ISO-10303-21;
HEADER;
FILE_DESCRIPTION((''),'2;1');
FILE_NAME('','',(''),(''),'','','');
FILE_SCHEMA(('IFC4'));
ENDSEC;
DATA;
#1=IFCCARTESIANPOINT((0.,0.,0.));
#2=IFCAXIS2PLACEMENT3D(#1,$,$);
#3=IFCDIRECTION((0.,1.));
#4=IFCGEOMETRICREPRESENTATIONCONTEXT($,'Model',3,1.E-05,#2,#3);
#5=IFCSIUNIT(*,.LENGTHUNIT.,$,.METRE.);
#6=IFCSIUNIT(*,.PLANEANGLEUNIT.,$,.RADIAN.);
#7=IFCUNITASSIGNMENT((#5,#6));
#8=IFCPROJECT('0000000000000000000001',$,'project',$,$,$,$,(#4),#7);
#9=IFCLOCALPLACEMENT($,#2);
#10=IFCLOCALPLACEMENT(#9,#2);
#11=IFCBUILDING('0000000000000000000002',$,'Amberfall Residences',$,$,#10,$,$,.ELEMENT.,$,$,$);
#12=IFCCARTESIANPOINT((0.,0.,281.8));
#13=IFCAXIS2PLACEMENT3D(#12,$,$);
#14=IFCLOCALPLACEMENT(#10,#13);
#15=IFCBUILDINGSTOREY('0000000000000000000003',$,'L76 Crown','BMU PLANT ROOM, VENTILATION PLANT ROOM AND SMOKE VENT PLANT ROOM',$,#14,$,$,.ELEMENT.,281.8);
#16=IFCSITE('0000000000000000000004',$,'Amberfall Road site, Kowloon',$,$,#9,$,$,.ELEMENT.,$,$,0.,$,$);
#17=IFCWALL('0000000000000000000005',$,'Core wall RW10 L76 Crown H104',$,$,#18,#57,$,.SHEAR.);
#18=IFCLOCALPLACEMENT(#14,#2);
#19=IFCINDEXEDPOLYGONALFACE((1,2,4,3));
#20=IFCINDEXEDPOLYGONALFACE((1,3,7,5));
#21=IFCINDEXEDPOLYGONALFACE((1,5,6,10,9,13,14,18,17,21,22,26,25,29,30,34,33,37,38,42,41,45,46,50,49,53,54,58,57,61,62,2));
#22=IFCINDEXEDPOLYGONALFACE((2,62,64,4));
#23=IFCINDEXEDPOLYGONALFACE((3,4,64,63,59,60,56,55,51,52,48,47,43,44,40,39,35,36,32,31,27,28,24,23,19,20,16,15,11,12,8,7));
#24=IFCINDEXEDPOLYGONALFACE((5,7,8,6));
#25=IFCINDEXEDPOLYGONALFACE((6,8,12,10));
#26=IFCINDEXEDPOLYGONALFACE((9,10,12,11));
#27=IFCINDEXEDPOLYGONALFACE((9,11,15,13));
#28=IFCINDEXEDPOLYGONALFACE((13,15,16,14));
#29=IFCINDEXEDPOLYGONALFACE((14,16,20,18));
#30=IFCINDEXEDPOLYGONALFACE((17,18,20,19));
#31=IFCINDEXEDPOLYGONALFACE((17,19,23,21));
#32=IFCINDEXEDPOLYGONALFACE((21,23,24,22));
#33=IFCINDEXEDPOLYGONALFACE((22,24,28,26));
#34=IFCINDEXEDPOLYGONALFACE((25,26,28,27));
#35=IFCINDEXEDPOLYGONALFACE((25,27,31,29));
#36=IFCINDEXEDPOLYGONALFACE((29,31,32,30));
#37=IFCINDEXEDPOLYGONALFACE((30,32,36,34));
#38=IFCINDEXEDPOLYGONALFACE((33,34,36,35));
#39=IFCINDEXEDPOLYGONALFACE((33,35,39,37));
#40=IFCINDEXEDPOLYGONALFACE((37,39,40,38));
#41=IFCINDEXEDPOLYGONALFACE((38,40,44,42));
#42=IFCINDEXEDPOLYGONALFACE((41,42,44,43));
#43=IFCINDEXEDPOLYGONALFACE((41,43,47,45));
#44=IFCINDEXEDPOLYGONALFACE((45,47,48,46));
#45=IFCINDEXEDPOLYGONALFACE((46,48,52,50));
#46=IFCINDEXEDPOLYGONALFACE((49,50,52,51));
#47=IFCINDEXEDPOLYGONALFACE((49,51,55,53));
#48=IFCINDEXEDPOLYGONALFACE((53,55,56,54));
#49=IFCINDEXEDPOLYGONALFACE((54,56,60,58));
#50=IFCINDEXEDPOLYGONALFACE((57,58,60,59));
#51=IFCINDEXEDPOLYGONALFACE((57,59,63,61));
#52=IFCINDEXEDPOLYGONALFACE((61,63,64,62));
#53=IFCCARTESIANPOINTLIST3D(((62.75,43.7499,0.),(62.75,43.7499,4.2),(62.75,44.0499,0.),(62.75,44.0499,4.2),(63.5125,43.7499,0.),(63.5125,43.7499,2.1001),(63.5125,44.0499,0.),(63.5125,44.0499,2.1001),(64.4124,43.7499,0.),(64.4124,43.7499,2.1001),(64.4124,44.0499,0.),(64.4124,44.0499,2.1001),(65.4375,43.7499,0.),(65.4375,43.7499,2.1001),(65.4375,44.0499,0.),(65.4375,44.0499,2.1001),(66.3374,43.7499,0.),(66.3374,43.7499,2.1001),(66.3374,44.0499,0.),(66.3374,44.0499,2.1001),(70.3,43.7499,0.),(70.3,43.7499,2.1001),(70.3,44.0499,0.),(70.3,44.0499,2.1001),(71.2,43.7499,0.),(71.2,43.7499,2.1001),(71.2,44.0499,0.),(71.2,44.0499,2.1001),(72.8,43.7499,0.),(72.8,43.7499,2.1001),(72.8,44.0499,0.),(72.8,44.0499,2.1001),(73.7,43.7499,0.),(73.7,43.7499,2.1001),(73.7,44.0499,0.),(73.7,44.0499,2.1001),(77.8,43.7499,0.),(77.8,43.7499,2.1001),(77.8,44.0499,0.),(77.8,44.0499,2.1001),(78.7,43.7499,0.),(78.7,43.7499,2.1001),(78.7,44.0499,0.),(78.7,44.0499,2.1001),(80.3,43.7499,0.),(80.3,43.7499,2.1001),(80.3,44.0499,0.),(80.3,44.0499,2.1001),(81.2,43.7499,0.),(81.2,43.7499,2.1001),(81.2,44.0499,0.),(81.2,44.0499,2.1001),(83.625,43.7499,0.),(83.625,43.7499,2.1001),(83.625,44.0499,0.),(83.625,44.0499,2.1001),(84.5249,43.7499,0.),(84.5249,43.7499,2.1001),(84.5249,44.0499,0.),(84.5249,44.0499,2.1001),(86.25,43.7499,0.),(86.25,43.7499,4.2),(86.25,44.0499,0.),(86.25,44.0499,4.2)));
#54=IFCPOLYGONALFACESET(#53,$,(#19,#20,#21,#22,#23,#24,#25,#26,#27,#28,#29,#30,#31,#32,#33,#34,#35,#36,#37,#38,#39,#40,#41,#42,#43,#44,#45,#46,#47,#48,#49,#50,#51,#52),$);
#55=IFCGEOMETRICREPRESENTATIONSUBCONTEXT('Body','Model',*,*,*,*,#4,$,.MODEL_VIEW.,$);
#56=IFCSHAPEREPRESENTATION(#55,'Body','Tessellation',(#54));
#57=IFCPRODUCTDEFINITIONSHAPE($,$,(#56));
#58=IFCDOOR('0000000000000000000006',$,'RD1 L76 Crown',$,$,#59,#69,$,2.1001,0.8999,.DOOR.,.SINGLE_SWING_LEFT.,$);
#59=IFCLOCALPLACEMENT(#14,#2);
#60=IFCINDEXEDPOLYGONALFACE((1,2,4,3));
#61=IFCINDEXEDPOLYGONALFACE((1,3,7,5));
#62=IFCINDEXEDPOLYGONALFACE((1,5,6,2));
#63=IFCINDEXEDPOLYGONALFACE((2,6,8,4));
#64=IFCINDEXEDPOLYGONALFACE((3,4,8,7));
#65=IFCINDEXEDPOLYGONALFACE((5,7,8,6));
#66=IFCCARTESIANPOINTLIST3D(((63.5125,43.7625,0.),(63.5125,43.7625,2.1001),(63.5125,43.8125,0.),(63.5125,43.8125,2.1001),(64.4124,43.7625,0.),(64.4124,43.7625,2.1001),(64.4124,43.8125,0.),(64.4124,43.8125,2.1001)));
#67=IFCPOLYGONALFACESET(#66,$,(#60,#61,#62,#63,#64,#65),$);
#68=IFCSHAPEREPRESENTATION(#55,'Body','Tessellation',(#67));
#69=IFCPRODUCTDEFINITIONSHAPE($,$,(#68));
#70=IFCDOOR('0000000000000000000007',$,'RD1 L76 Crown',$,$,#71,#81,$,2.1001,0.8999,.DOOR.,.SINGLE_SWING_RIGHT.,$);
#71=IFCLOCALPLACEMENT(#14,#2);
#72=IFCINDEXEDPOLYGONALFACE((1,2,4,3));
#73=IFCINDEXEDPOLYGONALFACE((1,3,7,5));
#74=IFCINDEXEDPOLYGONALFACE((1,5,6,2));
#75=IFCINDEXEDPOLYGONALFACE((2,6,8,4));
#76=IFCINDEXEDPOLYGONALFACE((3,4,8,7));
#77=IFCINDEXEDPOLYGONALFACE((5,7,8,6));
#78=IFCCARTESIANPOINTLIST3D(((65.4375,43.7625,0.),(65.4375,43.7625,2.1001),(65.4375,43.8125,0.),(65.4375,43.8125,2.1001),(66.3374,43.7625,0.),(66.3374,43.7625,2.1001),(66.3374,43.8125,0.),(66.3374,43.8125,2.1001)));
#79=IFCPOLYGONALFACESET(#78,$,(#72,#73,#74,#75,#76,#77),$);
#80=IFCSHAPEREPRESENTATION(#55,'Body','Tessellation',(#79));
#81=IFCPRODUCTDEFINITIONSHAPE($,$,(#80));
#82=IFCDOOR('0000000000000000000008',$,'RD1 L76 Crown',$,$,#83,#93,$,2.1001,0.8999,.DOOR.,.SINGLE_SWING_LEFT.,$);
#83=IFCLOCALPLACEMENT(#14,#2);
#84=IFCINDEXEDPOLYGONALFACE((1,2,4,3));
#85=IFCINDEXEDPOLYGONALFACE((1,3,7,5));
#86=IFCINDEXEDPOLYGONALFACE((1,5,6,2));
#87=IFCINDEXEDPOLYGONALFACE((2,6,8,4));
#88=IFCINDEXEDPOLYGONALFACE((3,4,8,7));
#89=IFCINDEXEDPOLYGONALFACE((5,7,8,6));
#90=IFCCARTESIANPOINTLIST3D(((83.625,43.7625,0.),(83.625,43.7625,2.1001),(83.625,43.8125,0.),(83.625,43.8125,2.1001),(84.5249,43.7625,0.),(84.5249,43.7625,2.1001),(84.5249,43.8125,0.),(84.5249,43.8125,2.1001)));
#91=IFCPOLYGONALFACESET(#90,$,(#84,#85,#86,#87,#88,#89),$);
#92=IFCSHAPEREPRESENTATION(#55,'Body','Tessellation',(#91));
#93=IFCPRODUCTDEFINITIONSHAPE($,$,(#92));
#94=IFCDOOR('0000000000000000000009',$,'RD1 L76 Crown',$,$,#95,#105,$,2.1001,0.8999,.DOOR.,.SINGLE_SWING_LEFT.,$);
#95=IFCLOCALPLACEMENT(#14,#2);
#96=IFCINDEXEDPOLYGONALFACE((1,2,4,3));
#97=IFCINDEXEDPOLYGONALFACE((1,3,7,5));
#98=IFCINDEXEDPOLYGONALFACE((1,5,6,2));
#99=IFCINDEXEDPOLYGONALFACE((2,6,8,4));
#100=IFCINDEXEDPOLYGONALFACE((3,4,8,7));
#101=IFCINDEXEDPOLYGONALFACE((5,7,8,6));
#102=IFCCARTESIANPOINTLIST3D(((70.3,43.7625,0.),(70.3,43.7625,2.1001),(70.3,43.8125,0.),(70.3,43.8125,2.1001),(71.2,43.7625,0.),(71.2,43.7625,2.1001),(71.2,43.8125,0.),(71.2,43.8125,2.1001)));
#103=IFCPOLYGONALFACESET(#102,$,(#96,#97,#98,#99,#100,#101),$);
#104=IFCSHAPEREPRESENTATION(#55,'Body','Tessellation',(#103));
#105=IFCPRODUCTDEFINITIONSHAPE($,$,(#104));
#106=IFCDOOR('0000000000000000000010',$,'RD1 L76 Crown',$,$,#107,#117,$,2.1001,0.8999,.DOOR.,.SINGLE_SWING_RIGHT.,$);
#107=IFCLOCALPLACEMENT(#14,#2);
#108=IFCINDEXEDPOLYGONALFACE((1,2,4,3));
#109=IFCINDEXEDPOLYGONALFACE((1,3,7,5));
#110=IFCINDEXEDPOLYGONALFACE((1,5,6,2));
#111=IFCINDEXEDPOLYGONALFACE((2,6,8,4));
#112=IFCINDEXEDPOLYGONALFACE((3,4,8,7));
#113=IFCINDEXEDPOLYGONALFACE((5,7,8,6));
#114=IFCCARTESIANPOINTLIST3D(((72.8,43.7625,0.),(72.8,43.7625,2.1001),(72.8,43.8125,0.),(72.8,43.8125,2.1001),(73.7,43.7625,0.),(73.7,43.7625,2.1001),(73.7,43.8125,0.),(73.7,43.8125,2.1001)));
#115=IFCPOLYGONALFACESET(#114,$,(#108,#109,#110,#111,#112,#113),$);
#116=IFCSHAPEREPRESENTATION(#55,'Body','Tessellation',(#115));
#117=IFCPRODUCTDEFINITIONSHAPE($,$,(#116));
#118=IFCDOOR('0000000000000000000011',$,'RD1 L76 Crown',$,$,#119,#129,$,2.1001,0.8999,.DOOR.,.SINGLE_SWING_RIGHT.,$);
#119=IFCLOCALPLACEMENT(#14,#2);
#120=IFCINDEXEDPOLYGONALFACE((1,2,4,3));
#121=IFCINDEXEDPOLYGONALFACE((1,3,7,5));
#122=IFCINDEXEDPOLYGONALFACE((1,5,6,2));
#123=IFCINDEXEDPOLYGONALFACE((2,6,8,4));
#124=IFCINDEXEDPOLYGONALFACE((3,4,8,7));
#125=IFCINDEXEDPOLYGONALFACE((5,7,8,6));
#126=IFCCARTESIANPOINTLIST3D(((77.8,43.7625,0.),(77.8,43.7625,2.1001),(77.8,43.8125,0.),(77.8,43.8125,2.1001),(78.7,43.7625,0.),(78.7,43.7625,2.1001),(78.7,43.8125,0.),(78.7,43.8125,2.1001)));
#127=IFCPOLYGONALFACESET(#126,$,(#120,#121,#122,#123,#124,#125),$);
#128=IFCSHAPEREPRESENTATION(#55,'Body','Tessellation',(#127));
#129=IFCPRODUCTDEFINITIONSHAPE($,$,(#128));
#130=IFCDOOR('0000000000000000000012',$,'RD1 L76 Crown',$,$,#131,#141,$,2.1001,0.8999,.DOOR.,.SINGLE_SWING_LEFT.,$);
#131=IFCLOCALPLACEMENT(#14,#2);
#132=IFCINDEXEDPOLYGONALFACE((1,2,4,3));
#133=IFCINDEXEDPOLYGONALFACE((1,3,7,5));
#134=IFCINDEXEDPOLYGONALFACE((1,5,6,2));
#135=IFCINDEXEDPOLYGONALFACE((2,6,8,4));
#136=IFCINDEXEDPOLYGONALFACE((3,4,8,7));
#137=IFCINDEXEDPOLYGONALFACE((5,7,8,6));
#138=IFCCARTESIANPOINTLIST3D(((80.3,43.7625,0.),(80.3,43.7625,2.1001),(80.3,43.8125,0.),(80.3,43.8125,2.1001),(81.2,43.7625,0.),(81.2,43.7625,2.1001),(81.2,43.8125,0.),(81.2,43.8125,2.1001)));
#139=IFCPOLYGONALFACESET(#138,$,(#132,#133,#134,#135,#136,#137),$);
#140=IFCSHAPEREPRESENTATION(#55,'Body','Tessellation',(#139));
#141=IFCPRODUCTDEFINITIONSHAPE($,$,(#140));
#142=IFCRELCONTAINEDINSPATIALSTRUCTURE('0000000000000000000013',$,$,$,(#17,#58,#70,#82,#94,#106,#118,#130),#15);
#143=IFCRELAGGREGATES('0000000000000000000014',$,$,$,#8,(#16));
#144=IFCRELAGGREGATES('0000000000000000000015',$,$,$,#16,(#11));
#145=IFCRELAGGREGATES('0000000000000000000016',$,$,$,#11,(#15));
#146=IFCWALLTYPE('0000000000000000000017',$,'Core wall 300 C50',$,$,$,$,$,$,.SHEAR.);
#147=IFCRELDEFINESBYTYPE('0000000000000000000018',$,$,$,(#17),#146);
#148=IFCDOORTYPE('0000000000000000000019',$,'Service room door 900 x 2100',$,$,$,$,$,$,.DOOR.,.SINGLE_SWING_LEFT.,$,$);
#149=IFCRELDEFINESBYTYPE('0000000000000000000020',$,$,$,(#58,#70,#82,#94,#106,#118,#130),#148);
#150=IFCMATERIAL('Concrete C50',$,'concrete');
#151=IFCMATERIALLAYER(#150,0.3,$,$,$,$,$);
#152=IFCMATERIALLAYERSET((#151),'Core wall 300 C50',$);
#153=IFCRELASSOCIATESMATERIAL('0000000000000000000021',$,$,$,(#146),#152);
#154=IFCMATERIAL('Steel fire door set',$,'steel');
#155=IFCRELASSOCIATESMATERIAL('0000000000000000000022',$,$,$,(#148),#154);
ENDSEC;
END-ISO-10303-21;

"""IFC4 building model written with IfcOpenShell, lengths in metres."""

from ifc_helpers import new_model, si_unit, direction, frame, frame_2d, origin, place, context, subcontext, project, spatial, rectangle, extrude, material, layer, layer_set, type_object, element, fill, save


model = new_model("IFC4")

# Units and contexts
model_context = context("Model", 3, precision=1e-05, world=origin(), true_north=direction((0.0, 1.0)))
body_context = subcontext(model_context, "Body", "Model", "MODEL_VIEW")
ifc_project = project(units=[si_unit("LENGTHUNIT", "METRE"), si_unit("PLANEANGLEUNIT", "RADIAN")], contexts=[model_context])

# Site, building, storey
site_placement = place(None, origin())
site = spatial("IfcSite", under=ifc_project, at=site_placement, Name="Amberfall Road site, Kowloon", CompositionType="ELEMENT", RefElevation=0.0)
building_placement = place(site_placement, origin())
building = spatial("IfcBuilding", under=site, at=building_placement, Name="Amberfall Residences", CompositionType="ELEMENT")
storey_placement = place(building_placement, frame((0.0, 0.0, 281.8)))
storey = spatial("IfcBuildingStorey", under=building, at=storey_placement, Name="L76 Crown", Description="BMU PLANT ROOM, VENTILATION PLANT ROOM AND SMOKE VENT PLANT ROOM", CompositionType="ELEMENT", Elevation=281.8)

# Wall, openings, doors
ifc_material_1 = material(Name="Concrete C50", Category="concrete")
ifc_layer_1 = layer(ifc_material_1, 0.3)
ifc_layer_set_1 = layer_set([ifc_layer_1], Name="Core wall 300 C50")
wall_type_1 = type_object("IfcWallType", Name="Core wall 300 C50", PredefinedType="SHEAR", material=ifc_layer_set_1)
wall_1_placement = place(storey_placement, frame((62.75, 43.8999, 0.0), z_axis=(0.0, 0.0, 1.0), x_axis=(1.0, 0.0, 0.0)))
wall_1 = element("IfcWall", 1, at=wall_1_placement, inside=storey, type_object=wall_type_1, Name="Core wall RW10 L76 Crown H104", PredefinedType="SHEAR", context=body_context, shape_type="SweptSolid", body=[
    extrude(rectangle(XDim=23.5, YDim=0.3, at=frame_2d((11.75, 0.0))), origin(), (0.0, 0.0, 1.0), 4.2),
])
opening_1_placement = place(wall_1_placement, frame((0.7625, 0.0, 0.0)))
opening_1 = element("IfcOpeningElement", 2, at=opening_1_placement, cuts=wall_1, PredefinedType="OPENING", context=body_context, shape_type="SweptSolid", body=[
    extrude(rectangle(XDim=0.8999, YDim=2.1001, at=frame_2d((0.45, 1.05))), frame((0.0, 0.1599, 0.0), z_axis=(0.0, -1.0, 0.0), x_axis=(1.0, 0.0, 0.0)), (0.0, 0.0, 1.0), 0.3201),
])
opening_2_placement = place(wall_1_placement, frame((2.6875, 0.0, 0.0)))
opening_2 = element("IfcOpeningElement", 3, at=opening_2_placement, cuts=wall_1, PredefinedType="OPENING", context=body_context, shape_type="SweptSolid", body=[
    extrude(rectangle(XDim=0.8999, YDim=2.1001, at=frame_2d((0.45, 1.05))), frame((0.0, 0.1599, 0.0), z_axis=(0.0, -1.0, 0.0), x_axis=(1.0, 0.0, 0.0)), (0.0, 0.0, 1.0), 0.3201),
])
opening_3_placement = place(wall_1_placement, frame((20.875, 0.0, 0.0)))
opening_3 = element("IfcOpeningElement", 4, at=opening_3_placement, cuts=wall_1, PredefinedType="OPENING", context=body_context, shape_type="SweptSolid", body=[
    extrude(rectangle(XDim=0.8999, YDim=2.1001, at=frame_2d((0.45, 1.05))), frame((0.0, 0.1599, 0.0), z_axis=(0.0, -1.0, 0.0), x_axis=(1.0, 0.0, 0.0)), (0.0, 0.0, 1.0), 0.3201),
])
opening_4_placement = place(wall_1_placement, frame((7.55, 0.0, 0.0)))
opening_4 = element("IfcOpeningElement", 5, at=opening_4_placement, cuts=wall_1, PredefinedType="OPENING", context=body_context, shape_type="SweptSolid", body=[
    extrude(rectangle(XDim=0.8999, YDim=2.1001, at=frame_2d((0.45, 1.05))), frame((0.0, 0.1599, 0.0), z_axis=(0.0, -1.0, 0.0), x_axis=(1.0, 0.0, 0.0)), (0.0, 0.0, 1.0), 0.3201),
])
opening_5_placement = place(wall_1_placement, frame((10.05, 0.0, 0.0)))
opening_5 = element("IfcOpeningElement", 6, at=opening_5_placement, cuts=wall_1, PredefinedType="OPENING", context=body_context, shape_type="SweptSolid", body=[
    extrude(rectangle(XDim=0.8999, YDim=2.1001, at=frame_2d((0.45, 1.05))), frame((0.0, 0.1599, 0.0), z_axis=(0.0, -1.0, 0.0), x_axis=(1.0, 0.0, 0.0)), (0.0, 0.0, 1.0), 0.3201),
])
opening_6_placement = place(wall_1_placement, frame((15.05, 0.0, 0.0)))
opening_6 = element("IfcOpeningElement", 7, at=opening_6_placement, cuts=wall_1, PredefinedType="OPENING", context=body_context, shape_type="SweptSolid", body=[
    extrude(rectangle(XDim=0.8999, YDim=2.1001, at=frame_2d((0.45, 1.05))), frame((0.0, 0.1599, 0.0), z_axis=(0.0, -1.0, 0.0), x_axis=(1.0, 0.0, 0.0)), (0.0, 0.0, 1.0), 0.3201),
])
opening_7_placement = place(wall_1_placement, frame((17.55, 0.0, 0.0)))
opening_7 = element("IfcOpeningElement", 8, at=opening_7_placement, cuts=wall_1, PredefinedType="OPENING", context=body_context, shape_type="SweptSolid", body=[
    extrude(rectangle(XDim=0.8999, YDim=2.1001, at=frame_2d((0.45, 1.05))), frame((0.0, 0.1599, 0.0), z_axis=(0.0, -1.0, 0.0), x_axis=(1.0, 0.0, 0.0)), (0.0, 0.0, 1.0), 0.3201),
])
ifc_material_2 = material(Name="Steel fire door set", Category="steel")
door_type_1 = type_object("IfcDoorType", Name="Service room door 900 x 2100", OperationType="SINGLE_SWING_LEFT", PredefinedType="DOOR", material=ifc_material_2)
door_1_placement = place(opening_1_placement, origin())
door_1 = element("IfcDoor", 9, at=door_1_placement, inside=storey, type_object=door_type_1, Name="RD1 L76 Crown", OperationType="SINGLE_SWING_LEFT", OverallHeight=2.1001, OverallWidth=0.8999, PredefinedType="DOOR", context=body_context, shape_type="SweptSolid", body=[
    extrude(rectangle(XDim=0.8999, YDim=2.1001, at=frame_2d((0.45, 1.05))), frame((0.0, -0.0874, 0.0), z_axis=(0.0, -1.0, 0.0), x_axis=(1.0, 0.0, 0.0)), (0.0, 0.0, 1.0), 0.05),
])
fill(opening_1, door_1)
door_2_placement = place(opening_2_placement, origin())
door_2 = element("IfcDoor", 10, at=door_2_placement, inside=storey, type_object=door_type_1, Name="RD1 L76 Crown", OperationType="SINGLE_SWING_RIGHT", OverallHeight=2.1001, OverallWidth=0.8999, PredefinedType="DOOR", context=body_context, shape_type="SweptSolid", body=[
    extrude(rectangle(XDim=0.8999, YDim=2.1001, at=frame_2d((0.45, 1.05))), frame((0.0, -0.0874, 0.0), z_axis=(0.0, -1.0, 0.0), x_axis=(1.0, 0.0, 0.0)), (0.0, 0.0, 1.0), 0.05),
])
fill(opening_2, door_2)
door_3_placement = place(opening_3_placement, origin())
door_3 = element("IfcDoor", 11, at=door_3_placement, inside=storey, type_object=door_type_1, Name="RD1 L76 Crown", OperationType="SINGLE_SWING_LEFT", OverallHeight=2.1001, OverallWidth=0.8999, PredefinedType="DOOR", context=body_context, shape_type="SweptSolid", body=[
    extrude(rectangle(XDim=0.8999, YDim=2.1001, at=frame_2d((0.45, 1.05))), frame((0.0, -0.0874, 0.0), z_axis=(0.0, -1.0, 0.0), x_axis=(1.0, 0.0, 0.0)), (0.0, 0.0, 1.0), 0.05),
])
fill(opening_3, door_3)
door_4_placement = place(opening_4_placement, origin())
door_4 = element("IfcDoor", 12, at=door_4_placement, inside=storey, type_object=door_type_1, Name="RD1 L76 Crown", OperationType="SINGLE_SWING_LEFT", OverallHeight=2.1001, OverallWidth=0.8999, PredefinedType="DOOR", context=body_context, shape_type="SweptSolid", body=[
    extrude(rectangle(XDim=0.8999, YDim=2.1001, at=frame_2d((0.45, 1.05))), frame((0.0, -0.0874, 0.0), z_axis=(0.0, -1.0, 0.0), x_axis=(1.0, 0.0, 0.0)), (0.0, 0.0, 1.0), 0.05),
])
fill(opening_4, door_4)
door_5_placement = place(opening_5_placement, origin())
door_5 = element("IfcDoor", 13, at=door_5_placement, inside=storey, type_object=door_type_1, Name="RD1 L76 Crown", OperationType="SINGLE_SWING_RIGHT", OverallHeight=2.1001, OverallWidth=0.8999, PredefinedType="DOOR", context=body_context, shape_type="SweptSolid", body=[
    extrude(rectangle(XDim=0.8999, YDim=2.1001, at=frame_2d((0.45, 1.05))), frame((0.0, -0.0874, 0.0), z_axis=(0.0, -1.0, 0.0), x_axis=(1.0, 0.0, 0.0)), (0.0, 0.0, 1.0), 0.05),
])
fill(opening_5, door_5)
door_6_placement = place(opening_6_placement, origin())
door_6 = element("IfcDoor", 14, at=door_6_placement, inside=storey, type_object=door_type_1, Name="RD1 L76 Crown", OperationType="SINGLE_SWING_RIGHT", OverallHeight=2.1001, OverallWidth=0.8999, PredefinedType="DOOR", context=body_context, shape_type="SweptSolid", body=[
    extrude(rectangle(XDim=0.8999, YDim=2.1001, at=frame_2d((0.45, 1.05))), frame((0.0, -0.0874, 0.0), z_axis=(0.0, -1.0, 0.0), x_axis=(1.0, 0.0, 0.0)), (0.0, 0.0, 1.0), 0.05),
])
fill(opening_6, door_6)
door_7_placement = place(opening_7_placement, origin())
door_7 = element("IfcDoor", 15, at=door_7_placement, inside=storey, type_object=door_type_1, Name="RD1 L76 Crown", OperationType="SINGLE_SWING_LEFT", OverallHeight=2.1001, OverallWidth=0.8999, PredefinedType="DOOR", context=body_context, shape_type="SweptSolid", body=[
    extrude(rectangle(XDim=0.8999, YDim=2.1001, at=frame_2d((0.45, 1.05))), frame((0.0, -0.0874, 0.0), z_axis=(0.0, -1.0, 0.0), x_axis=(1.0, 0.0, 0.0)), (0.0, 0.0, 1.0), 0.05),
])
fill(opening_7, door_7)

save(model, "model.ifc")
